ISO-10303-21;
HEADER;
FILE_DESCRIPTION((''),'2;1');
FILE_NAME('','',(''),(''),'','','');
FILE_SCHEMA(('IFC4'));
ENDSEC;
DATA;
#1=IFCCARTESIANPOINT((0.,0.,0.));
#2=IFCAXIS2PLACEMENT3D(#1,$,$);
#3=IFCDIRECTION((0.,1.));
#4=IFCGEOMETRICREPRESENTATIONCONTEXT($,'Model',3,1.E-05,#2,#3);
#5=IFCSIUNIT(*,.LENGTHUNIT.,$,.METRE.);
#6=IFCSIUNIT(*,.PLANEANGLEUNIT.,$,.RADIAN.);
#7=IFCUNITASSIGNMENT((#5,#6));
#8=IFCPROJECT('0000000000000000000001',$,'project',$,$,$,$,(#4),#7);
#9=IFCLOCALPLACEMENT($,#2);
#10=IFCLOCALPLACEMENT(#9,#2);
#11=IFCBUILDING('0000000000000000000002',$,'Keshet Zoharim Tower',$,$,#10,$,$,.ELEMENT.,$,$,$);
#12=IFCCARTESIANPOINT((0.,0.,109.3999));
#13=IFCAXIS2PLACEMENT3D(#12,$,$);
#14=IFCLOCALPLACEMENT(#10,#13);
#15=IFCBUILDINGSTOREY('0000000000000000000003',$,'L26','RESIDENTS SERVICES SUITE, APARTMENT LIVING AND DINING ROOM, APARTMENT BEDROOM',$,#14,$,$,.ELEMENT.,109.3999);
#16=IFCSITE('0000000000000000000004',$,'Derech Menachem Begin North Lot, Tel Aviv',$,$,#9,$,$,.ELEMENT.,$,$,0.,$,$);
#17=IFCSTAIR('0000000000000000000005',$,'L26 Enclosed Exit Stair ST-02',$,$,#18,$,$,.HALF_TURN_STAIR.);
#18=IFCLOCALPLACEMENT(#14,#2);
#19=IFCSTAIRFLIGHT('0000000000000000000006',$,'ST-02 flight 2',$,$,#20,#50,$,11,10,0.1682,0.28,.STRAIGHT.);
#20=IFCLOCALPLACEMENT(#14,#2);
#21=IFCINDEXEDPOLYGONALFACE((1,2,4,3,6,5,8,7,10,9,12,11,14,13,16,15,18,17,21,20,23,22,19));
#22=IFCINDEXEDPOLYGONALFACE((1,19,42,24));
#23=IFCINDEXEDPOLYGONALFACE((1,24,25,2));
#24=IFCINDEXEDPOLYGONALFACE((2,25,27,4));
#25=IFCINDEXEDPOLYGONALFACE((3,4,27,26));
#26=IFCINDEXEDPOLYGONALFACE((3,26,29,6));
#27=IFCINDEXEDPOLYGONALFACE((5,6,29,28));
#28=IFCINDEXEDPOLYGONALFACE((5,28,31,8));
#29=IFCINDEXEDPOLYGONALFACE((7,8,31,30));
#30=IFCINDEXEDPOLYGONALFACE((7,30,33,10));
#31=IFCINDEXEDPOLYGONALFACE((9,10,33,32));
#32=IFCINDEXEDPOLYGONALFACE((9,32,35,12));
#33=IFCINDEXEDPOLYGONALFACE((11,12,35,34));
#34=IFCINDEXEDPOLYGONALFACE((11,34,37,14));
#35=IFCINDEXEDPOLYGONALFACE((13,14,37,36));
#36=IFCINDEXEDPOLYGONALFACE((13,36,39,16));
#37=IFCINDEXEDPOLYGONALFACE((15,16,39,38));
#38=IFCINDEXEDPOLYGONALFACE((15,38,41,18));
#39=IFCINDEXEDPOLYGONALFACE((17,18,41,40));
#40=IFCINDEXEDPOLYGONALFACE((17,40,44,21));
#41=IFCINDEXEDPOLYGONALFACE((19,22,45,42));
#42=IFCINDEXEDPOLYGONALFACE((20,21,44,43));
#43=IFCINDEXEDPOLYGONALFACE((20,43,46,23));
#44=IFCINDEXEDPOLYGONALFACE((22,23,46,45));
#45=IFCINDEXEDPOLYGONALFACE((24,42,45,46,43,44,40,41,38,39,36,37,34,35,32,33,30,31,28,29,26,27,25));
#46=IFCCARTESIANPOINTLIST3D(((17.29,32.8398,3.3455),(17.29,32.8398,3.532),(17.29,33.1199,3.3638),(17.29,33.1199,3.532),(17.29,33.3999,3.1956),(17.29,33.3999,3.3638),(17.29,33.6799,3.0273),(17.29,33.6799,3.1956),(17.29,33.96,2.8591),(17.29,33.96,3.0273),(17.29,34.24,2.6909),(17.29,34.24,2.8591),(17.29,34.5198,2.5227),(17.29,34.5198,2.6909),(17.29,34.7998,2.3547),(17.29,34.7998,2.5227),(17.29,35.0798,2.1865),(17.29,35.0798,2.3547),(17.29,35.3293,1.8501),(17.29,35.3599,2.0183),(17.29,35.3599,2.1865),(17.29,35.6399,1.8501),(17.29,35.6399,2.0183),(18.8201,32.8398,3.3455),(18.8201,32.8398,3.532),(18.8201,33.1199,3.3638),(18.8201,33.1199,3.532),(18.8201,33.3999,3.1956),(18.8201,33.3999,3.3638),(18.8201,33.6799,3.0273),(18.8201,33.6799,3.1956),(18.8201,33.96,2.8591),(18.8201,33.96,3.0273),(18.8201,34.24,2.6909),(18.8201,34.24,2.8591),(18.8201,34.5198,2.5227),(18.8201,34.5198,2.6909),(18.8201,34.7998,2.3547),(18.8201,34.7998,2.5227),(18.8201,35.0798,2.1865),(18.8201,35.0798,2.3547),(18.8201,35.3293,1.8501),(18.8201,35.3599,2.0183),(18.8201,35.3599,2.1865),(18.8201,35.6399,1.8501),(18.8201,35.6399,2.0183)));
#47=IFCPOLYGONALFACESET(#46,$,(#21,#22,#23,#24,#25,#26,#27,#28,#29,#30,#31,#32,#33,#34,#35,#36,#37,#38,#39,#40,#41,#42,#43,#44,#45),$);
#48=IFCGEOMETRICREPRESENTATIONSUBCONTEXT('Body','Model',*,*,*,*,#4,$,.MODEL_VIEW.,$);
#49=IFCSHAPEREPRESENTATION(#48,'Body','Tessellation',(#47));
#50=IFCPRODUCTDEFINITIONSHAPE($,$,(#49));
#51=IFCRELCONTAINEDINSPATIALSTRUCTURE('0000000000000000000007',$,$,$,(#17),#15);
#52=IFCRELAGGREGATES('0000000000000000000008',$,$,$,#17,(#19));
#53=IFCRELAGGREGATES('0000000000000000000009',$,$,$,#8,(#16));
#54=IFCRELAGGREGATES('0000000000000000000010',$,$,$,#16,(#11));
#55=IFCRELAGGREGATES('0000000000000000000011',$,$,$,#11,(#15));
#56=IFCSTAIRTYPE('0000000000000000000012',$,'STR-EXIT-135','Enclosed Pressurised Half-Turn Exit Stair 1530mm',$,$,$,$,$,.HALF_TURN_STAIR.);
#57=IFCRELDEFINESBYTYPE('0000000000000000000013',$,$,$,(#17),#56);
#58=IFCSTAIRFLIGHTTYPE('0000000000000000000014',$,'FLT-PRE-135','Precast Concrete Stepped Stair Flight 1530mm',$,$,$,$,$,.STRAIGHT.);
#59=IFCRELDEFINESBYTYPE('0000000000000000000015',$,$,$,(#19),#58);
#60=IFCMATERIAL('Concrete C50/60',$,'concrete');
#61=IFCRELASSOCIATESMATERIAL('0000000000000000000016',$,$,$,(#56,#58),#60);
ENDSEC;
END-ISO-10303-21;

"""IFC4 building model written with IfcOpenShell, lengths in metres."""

from ifc_helpers import new_model, si_unit, direction, frame, origin, place, context, subcontext, project, spatial, polyline, outline, extrude, material, type_object, element, aggregate, save


model = new_model("IFC4")

# Units and contexts
model_context = context("Model", 3, precision=1e-05, world=origin(), true_north=direction((0.0, 1.0)))
body_context = subcontext(model_context, "Body", "Model", "MODEL_VIEW")
ifc_project = project(units=[si_unit("LENGTHUNIT", "METRE"), si_unit("PLANEANGLEUNIT", "RADIAN")], contexts=[model_context])

# Site, building, storey
site_placement = place(None, origin())
site = spatial("IfcSite", under=ifc_project, at=site_placement, Name="Derech Menachem Begin North Lot, Tel Aviv", CompositionType="ELEMENT", RefElevation=0.0)
building_placement = place(site_placement, origin())
building = spatial("IfcBuilding", under=site, at=building_placement, Name="Keshet Zoharim Tower", CompositionType="ELEMENT")
storey_placement = place(building_placement, frame((0.0, 0.0, 109.3999)))
storey = spatial("IfcBuildingStorey", under=building, at=storey_placement, Name="L26", Description="RESIDENTS SERVICES SUITE, APARTMENT LIVING AND DINING ROOM, APARTMENT BEDROOM", CompositionType="ELEMENT", Elevation=109.3999)

# Shared definitions
ifc_material_1 = material(Name="Concrete C50/60", Category="concrete")

# Stair, stair flight
stair_type = type_object("IfcStairType", Name="STR-EXIT-135", Description="Enclosed Pressurised Half-Turn Exit Stair 1530mm", PredefinedType="HALF_TURN_STAIR", material=ifc_material_1)
stair_placement = place(storey_placement, origin())
stair = element("IfcStair", 1, at=stair_placement, inside=storey, type_object=stair_type, Name="L26 Enclosed Exit Stair ST-02", PredefinedType="HALF_TURN_STAIR")
stair_flight_type = type_object("IfcStairFlightType", Name="FLT-PRE-135", Description="Precast Concrete Stepped Stair Flight 1530mm", PredefinedType="STRAIGHT", material=ifc_material_1)
stair_flight_placement = place(storey_placement, frame((18.0549, 35.6399, 1.8501), z_axis=(0.0, 0.0, 1.0), x_axis=(0.0, -1.0, 0.0)))
stair_flight = element("IfcStairFlight", 2, at=stair_flight_placement, type_object=stair_flight_type, Name="ST-02 flight 2", NumberOfRisers=11, NumberOfTreads=10, PredefinedType="STRAIGHT", RiserHeight=0.1682, TreadLength=0.28, context=body_context, shape_type="SweptSolid", body=[
    extrude(outline(polyline([(0.0, 0.0), (0.0, 0.1682), (0.28, 0.1682), (0.28, 0.3364), (0.5601, 0.3364), (0.5601, 0.5046), (0.8401, 0.5046), (0.8401, 0.6726), (1.1201, 0.6726), (1.1201, 0.8408), (1.3999, 0.8408), (1.3999, 1.009), (1.6799, 1.009), (1.6799, 1.1772), (1.96, 1.1772), (1.96, 1.3455), (2.24, 1.3455), (2.24, 1.5137), (2.52, 1.5137), (2.52, 1.6819), (2.8, 1.6819), (2.8, 1.8501), (2.8, 1.4954), (0.3105, 0.0), (0.0, 0.0)])), frame((0.0, 0.7651, 0.0), z_axis=(0.0, -1.0, 0.0), x_axis=(1.0, 0.0, 0.0)), (0.0, 0.0, 1.0), 1.53),
])
aggregate(stair, [stair_flight])

save(model, "model.ifc")
